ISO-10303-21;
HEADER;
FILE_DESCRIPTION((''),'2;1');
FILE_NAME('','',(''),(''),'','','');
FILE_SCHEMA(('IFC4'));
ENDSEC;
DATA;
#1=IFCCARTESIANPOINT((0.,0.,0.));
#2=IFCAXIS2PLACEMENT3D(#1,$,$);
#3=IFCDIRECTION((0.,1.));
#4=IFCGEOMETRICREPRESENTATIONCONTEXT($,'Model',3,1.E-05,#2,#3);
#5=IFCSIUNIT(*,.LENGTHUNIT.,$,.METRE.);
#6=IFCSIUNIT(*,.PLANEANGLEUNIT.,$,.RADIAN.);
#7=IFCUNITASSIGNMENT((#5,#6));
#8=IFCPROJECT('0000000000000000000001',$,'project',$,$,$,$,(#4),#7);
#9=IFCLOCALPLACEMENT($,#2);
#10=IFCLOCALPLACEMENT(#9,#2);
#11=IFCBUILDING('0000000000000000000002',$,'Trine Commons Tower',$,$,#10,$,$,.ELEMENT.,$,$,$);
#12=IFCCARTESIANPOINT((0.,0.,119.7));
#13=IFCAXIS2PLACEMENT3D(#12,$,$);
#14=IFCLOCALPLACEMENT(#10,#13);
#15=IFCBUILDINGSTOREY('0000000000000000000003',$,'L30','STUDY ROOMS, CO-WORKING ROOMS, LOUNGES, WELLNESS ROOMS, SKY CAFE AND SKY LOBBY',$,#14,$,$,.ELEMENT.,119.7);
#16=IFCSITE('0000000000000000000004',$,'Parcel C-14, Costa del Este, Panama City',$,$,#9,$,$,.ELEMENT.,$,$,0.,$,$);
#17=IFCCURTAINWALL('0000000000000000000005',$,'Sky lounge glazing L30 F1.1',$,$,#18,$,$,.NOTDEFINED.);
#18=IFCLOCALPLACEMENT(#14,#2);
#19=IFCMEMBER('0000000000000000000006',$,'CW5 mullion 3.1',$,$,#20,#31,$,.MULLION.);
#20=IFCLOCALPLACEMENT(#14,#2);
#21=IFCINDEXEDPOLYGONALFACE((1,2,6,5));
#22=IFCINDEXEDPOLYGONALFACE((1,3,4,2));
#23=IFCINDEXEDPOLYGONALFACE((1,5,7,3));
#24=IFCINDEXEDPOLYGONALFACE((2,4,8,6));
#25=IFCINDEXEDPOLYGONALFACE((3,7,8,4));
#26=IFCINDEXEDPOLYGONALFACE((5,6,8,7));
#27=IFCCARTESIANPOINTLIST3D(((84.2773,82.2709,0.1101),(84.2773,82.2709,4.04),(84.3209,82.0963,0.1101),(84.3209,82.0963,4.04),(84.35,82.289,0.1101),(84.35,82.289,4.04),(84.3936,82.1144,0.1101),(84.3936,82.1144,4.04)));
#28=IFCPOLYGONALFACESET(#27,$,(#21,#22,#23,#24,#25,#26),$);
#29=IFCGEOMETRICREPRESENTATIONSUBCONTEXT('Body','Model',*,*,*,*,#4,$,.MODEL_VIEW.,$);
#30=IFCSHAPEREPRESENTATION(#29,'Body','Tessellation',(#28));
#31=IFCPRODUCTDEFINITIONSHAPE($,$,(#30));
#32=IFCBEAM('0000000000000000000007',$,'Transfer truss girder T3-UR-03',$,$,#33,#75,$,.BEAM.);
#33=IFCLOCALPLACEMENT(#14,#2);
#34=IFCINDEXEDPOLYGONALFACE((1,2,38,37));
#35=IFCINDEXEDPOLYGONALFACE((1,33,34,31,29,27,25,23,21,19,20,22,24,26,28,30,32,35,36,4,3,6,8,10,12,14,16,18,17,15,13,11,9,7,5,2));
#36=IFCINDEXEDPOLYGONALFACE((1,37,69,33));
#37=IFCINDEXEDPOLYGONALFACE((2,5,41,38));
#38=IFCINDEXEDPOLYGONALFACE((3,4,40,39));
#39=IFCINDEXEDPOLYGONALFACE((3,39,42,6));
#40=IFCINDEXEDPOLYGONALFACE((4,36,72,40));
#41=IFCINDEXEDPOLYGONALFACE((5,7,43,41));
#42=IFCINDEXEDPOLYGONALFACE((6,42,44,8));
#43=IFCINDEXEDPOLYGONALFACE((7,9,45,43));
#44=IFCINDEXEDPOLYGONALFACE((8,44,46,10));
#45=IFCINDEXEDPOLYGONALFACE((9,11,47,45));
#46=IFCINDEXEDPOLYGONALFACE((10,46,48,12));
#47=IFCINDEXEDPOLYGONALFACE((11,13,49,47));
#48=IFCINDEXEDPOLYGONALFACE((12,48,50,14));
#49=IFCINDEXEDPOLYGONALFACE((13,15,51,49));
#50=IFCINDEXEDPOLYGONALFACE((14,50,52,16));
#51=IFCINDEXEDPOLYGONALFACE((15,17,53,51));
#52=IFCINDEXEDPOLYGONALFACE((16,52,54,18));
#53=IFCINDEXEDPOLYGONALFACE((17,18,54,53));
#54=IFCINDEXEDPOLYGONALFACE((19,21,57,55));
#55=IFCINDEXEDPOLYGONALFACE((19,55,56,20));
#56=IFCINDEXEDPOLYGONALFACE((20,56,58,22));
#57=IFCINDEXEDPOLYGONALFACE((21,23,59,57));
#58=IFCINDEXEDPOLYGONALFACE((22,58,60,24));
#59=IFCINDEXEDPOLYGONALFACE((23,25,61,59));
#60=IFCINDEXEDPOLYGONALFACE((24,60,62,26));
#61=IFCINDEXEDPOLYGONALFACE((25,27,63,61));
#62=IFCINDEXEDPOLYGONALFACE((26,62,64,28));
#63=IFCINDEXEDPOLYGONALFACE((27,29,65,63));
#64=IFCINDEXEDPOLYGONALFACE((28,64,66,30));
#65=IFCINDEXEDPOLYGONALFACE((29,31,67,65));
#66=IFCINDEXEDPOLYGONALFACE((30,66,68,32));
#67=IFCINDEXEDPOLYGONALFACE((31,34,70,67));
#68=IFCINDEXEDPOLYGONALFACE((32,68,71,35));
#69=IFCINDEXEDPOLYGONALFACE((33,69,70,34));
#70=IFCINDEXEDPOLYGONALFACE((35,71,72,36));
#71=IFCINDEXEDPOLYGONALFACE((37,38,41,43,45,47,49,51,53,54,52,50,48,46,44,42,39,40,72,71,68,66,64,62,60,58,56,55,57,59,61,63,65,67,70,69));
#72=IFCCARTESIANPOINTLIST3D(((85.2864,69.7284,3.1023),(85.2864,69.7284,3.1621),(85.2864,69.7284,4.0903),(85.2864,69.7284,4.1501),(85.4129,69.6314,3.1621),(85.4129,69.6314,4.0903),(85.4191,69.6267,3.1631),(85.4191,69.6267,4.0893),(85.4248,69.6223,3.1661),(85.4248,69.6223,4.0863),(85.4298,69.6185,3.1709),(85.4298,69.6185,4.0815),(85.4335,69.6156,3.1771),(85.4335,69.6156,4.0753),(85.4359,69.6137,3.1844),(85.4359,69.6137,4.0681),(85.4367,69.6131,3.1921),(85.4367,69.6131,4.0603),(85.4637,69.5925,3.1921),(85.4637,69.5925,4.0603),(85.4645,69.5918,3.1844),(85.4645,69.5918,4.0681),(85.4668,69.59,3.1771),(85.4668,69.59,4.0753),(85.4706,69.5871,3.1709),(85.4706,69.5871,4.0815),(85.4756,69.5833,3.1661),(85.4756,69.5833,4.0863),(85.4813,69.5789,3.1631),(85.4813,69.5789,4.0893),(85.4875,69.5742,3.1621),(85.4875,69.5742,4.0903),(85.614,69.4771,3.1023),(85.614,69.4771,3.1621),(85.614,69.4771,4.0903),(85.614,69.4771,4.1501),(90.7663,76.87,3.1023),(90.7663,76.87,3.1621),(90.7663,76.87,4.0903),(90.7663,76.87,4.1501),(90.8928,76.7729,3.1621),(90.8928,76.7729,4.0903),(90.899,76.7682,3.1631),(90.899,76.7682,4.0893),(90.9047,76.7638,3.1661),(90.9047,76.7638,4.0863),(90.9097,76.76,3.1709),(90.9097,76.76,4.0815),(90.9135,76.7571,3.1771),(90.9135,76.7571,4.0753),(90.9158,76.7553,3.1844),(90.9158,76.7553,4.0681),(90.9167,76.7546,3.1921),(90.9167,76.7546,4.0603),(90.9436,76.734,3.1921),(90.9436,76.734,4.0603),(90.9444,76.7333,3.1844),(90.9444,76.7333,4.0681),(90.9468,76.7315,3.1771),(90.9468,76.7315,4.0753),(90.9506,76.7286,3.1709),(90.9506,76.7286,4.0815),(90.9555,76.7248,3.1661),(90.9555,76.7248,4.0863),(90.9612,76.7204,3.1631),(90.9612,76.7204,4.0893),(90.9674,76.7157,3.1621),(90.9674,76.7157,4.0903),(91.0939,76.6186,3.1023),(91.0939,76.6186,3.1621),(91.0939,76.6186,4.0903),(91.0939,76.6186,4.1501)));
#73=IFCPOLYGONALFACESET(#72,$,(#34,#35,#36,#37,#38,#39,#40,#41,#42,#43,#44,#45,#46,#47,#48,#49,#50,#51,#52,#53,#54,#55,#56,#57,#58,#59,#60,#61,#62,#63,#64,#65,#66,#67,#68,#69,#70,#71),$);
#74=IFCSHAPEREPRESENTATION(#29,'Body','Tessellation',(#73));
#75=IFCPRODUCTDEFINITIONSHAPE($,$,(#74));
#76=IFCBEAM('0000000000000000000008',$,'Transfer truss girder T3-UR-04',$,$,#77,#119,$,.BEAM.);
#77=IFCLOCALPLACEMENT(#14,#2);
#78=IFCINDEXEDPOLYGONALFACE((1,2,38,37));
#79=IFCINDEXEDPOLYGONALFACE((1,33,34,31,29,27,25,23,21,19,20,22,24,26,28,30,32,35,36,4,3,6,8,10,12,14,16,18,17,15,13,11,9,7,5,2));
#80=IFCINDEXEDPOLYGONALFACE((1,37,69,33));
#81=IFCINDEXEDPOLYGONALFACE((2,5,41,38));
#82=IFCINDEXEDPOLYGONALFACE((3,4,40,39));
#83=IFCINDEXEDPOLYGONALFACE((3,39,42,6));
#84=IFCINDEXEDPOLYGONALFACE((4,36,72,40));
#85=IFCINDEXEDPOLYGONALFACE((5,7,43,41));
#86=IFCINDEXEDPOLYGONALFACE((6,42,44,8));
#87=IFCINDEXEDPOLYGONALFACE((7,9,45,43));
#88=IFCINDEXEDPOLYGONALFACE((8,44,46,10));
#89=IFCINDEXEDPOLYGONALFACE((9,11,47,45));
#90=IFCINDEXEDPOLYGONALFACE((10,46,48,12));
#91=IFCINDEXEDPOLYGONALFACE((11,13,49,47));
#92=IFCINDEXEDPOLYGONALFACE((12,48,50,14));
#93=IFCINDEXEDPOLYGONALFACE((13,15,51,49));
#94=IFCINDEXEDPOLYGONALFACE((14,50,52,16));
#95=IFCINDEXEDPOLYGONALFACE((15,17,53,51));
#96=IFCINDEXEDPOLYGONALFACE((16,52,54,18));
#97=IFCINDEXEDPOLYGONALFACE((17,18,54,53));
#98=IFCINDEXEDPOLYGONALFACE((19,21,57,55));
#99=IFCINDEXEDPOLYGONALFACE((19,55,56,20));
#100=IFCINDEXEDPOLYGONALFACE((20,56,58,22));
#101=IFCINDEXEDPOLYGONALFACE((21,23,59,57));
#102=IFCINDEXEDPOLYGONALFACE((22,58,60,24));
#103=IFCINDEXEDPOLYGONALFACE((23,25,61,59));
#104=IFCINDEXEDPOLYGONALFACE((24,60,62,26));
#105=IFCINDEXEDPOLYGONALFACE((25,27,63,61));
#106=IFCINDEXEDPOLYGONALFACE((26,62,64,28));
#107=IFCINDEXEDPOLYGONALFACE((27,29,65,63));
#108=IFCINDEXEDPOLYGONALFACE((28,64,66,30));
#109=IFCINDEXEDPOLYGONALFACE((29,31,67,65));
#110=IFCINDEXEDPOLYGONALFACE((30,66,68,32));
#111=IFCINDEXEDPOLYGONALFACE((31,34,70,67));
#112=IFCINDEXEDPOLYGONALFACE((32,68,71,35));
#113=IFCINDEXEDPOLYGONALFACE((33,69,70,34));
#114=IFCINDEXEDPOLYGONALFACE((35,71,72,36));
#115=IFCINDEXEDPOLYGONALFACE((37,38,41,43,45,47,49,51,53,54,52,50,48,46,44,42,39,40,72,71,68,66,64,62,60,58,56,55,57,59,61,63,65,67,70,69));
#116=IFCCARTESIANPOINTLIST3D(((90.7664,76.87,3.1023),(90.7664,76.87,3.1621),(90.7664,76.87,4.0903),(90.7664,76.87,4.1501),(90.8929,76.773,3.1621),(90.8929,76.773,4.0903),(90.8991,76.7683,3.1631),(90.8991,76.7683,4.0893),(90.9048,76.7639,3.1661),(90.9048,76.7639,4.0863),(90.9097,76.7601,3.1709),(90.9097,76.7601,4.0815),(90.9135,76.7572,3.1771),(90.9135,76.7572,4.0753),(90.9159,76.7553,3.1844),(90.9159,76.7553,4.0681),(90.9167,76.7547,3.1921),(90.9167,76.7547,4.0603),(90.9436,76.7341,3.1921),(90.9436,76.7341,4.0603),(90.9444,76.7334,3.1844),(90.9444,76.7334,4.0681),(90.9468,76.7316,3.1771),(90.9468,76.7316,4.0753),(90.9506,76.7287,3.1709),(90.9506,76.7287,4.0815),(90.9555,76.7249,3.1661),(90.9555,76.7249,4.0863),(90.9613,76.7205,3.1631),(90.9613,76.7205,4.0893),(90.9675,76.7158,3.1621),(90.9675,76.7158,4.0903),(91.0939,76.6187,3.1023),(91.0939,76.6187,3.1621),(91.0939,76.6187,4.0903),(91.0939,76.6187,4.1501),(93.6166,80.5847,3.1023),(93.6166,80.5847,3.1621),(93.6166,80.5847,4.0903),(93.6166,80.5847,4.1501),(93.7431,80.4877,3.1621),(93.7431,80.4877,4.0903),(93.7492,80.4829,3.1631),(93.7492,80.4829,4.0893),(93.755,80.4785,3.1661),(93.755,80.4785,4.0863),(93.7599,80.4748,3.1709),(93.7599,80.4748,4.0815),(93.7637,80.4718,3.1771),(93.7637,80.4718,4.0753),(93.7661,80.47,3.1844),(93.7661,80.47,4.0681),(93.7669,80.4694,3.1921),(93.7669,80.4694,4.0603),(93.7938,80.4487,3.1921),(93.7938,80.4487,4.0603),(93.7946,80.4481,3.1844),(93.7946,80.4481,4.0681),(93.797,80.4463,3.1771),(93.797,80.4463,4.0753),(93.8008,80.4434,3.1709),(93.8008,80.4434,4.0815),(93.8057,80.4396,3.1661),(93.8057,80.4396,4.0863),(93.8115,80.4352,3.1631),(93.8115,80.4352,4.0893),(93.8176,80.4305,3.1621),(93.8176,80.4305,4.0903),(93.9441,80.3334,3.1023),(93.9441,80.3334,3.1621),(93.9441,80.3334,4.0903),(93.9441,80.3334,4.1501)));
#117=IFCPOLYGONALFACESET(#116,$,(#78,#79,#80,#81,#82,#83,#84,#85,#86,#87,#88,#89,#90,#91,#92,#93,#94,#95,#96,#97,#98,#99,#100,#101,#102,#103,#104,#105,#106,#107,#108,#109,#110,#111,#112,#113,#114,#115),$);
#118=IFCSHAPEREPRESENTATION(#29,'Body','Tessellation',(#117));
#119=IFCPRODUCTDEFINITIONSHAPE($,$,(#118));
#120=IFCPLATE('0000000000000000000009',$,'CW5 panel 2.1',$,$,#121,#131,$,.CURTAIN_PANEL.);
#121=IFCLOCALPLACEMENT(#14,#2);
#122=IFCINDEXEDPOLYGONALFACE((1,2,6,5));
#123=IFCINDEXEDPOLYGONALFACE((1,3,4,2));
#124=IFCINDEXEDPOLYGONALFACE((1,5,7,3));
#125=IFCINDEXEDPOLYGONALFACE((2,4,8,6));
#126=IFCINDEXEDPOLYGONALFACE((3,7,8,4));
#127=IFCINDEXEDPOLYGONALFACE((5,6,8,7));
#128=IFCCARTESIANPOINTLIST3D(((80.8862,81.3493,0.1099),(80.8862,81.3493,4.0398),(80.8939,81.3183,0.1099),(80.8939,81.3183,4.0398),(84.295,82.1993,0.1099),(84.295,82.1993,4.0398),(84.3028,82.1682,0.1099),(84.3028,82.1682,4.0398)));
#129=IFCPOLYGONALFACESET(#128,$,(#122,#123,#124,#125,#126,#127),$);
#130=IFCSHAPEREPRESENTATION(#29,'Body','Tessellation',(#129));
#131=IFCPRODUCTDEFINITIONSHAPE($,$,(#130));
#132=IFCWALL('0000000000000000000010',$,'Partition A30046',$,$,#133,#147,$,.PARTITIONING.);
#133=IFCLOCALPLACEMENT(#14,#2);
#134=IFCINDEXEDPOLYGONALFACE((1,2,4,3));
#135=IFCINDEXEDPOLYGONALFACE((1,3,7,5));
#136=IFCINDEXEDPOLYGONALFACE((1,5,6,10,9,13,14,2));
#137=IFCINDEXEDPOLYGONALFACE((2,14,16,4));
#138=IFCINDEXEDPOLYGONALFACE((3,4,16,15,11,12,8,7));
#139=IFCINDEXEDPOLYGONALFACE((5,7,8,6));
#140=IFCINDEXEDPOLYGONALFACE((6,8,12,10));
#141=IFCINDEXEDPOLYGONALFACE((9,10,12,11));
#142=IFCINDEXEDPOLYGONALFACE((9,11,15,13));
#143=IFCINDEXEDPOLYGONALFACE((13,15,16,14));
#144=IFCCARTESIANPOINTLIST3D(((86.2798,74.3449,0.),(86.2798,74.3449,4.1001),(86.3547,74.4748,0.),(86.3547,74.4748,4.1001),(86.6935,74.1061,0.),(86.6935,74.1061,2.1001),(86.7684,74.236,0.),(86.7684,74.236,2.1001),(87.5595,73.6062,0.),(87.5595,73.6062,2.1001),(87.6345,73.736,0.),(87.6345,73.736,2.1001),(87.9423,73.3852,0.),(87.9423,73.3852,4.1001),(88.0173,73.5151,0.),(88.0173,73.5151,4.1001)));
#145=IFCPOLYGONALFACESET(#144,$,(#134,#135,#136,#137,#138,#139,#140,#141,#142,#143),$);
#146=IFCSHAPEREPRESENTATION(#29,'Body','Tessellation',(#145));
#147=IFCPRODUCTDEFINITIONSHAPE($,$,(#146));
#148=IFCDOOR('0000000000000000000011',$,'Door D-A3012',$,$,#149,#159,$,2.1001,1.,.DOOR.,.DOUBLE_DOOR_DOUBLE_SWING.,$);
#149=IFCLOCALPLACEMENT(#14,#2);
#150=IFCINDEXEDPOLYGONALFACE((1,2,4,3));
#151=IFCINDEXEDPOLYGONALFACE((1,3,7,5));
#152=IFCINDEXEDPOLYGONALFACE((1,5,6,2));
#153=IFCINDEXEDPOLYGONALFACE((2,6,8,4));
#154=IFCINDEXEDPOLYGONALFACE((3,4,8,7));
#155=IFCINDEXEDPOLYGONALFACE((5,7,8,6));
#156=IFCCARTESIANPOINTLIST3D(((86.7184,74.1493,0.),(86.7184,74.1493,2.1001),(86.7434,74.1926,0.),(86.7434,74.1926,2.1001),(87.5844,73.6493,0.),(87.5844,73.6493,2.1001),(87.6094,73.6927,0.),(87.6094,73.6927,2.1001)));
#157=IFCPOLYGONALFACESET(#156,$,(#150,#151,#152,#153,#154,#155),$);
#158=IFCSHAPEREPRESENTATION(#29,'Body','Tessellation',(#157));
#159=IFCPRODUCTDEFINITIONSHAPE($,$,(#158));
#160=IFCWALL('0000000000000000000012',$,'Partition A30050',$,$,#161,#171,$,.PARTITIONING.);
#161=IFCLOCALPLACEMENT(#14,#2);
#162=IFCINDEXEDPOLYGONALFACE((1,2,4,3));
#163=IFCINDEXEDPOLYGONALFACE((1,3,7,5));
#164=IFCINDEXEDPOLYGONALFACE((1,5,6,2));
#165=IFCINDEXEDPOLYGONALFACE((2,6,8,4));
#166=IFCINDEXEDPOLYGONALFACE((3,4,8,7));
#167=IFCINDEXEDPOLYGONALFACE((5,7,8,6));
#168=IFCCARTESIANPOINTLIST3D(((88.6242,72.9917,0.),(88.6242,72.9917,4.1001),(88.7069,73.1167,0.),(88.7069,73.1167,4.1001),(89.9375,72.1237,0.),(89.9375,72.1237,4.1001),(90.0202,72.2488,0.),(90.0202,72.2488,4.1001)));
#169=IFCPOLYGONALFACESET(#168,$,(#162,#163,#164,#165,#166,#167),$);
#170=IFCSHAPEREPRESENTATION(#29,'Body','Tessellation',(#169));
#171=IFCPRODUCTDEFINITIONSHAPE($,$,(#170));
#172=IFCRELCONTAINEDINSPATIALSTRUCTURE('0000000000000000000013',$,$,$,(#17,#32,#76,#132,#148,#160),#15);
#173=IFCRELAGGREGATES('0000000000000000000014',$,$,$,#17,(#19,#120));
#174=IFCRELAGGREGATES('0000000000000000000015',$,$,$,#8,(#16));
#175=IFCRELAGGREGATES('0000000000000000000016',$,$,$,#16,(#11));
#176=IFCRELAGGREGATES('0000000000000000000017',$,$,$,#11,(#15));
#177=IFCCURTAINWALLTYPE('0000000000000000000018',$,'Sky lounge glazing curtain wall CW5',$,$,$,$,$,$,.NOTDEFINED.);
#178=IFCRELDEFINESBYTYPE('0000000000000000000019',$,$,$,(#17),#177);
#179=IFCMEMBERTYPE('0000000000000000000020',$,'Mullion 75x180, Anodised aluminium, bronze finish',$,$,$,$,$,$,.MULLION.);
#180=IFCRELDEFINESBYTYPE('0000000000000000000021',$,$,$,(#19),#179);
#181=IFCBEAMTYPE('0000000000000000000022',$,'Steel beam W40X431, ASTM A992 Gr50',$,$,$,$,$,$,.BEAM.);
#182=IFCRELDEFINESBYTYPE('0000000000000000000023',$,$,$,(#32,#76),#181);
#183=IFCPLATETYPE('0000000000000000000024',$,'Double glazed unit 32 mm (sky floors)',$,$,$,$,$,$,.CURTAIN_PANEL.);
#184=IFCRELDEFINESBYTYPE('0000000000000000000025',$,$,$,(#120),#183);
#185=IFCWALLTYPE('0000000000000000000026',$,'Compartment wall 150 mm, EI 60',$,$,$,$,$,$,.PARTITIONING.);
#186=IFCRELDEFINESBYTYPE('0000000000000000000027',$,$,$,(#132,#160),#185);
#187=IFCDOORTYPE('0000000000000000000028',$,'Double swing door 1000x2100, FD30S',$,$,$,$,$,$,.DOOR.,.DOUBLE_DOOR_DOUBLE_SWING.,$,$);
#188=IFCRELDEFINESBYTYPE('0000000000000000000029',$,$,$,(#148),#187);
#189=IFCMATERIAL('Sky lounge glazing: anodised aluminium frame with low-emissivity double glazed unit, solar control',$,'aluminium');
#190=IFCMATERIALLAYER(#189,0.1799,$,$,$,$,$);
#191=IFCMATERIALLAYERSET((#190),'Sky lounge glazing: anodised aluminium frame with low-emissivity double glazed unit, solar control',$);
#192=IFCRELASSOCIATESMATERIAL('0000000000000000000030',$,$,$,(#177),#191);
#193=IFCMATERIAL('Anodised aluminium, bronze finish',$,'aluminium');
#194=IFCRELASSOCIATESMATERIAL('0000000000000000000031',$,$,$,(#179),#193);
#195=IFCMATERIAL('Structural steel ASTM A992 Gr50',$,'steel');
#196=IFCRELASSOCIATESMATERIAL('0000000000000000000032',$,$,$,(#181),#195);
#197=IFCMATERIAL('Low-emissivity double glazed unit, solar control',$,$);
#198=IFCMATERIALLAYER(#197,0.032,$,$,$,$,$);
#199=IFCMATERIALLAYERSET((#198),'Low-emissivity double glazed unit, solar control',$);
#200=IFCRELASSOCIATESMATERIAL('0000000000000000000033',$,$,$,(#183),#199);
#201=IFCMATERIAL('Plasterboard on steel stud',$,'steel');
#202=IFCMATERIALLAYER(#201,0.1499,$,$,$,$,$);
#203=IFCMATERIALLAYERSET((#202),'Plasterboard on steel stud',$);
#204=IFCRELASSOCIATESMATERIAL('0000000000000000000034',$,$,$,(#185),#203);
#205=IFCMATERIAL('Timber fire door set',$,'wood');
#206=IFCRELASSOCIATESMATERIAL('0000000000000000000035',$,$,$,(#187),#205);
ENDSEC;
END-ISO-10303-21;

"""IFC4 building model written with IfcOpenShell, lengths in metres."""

from ifc_helpers import new_model, si_unit, direction, frame, frame_2d, origin, origin_2d, place, context, subcontext, project, spatial, rectangle, i_section, extrude, material, layer, layer_set, material_profile, profile_set, type_object, element, fill, aggregate, save


model = new_model("IFC4")

# Units and contexts
model_context = context("Model", 3, precision=1e-05, world=origin(), true_north=direction((0.0, 1.0)))
body_context = subcontext(model_context, "Body", "Model", "MODEL_VIEW")
ifc_project = project(units=[si_unit("LENGTHUNIT", "METRE"), si_unit("PLANEANGLEUNIT", "RADIAN")], contexts=[model_context])

# Site, building, storey
site_placement = place(None, origin())
site = spatial("IfcSite", under=ifc_project, at=site_placement, Name="Parcel C-14, Costa del Este, Panama City", CompositionType="ELEMENT", RefElevation=0.0)
building_placement = place(site_placement, origin())
building = spatial("IfcBuilding", under=site, at=building_placement, Name="Trine Commons Tower", CompositionType="ELEMENT")
storey_placement = place(building_placement, frame((0.0, 0.0, 119.7)))
storey = spatial("IfcBuildingStorey", under=building, at=storey_placement, Name="L30", Description="STUDY ROOMS, CO-WORKING ROOMS, LOUNGES, WELLNESS ROOMS, SKY CAFE AND SKY LOBBY", CompositionType="ELEMENT", Elevation=119.7)

# Curtain wall, member
ifc_material_1 = material(Name="Sky lounge glazing: anodised aluminium frame with low-emissivity double glazed unit, solar control", Category="aluminium")
ifc_layer_1 = layer(ifc_material_1, 0.1799)
ifc_layer_set_1 = layer_set([ifc_layer_1], Name="Sky lounge glazing: anodised aluminium frame with low-emissivity double glazed unit, solar control")
curtain_wall_type = type_object("IfcCurtainWallType", Name="Sky lounge glazing curtain wall CW5", PredefinedType="NOTDEFINED", material=ifc_layer_set_1)
curtain_wall_placement = place(storey_placement, origin())
curtain_wall = element("IfcCurtainWall", 1, at=curtain_wall_placement, inside=storey, type_object=curtain_wall_type, Name="Sky lounge glazing L30 F1.1", PredefinedType="NOTDEFINED")
ifc_material_2 = material(Name="Anodised aluminium, bronze finish", Category="aluminium")
ifc_material_profile_1 = material_profile(ifc_material_2, rectangle(XDim=0.1799, YDim=0.075, at=origin_2d()), Name="Mullion 75x180")
ifc_profile_set_1 = profile_set([ifc_material_profile_1], Name="Anodised aluminium, bronze finish")
member_type = type_object("IfcMemberType", Name="Mullion 75x180, Anodised aluminium, bronze finish", PredefinedType="MULLION", material=ifc_profile_set_1)
member_placement = place(storey_placement, frame((84.3354, 82.1926, 0.1101), z_axis=(0.0, 0.0, 1.0), x_axis=(-0.241922, 0.970296, 0.0)))
member = element("IfcMember", 2, at=member_placement, type_object=member_type, Name="CW5 mullion 3.1", PredefinedType="MULLION", context=body_context, shape_type="SweptSolid", body=[
    extrude(rectangle(XDim=0.1799, YDim=0.075, at=origin_2d()), origin(), (0.0, 0.0, 1.0), 3.9299),
])

# Beams
ifc_material_3 = material(Name="Structural steel ASTM A992 Gr50", Category="steel")
ifc_material_profile_2 = material_profile(ifc_material_3, i_section(OverallWidth=0.4128, OverallDepth=1.0479, WebThickness=0.0339, FlangeThickness=0.0598, FilletRadius=0.03, at=origin_2d()), Name="W40X431")
ifc_profile_set_2 = profile_set([ifc_material_profile_2], Name="Structural steel ASTM A992 Gr50")
beam_type = type_object("IfcBeamType", Name="Steel beam W40X431, ASTM A992 Gr50", PredefinedType="BEAM", material=ifc_profile_set_2)
beam_1_placement = place(storey_placement, frame((85.4502, 69.6028, 3.6262), z_axis=(0.608764, 0.793351, 0.0), x_axis=(-0.793351, 0.608764, 0.0)))
element("IfcBeam", 3, at=beam_1_placement, inside=storey, type_object=beam_type, Name="Transfer truss girder T3-UR-03", PredefinedType="BEAM", context=body_context, shape_type="SweptSolid", body=[
    extrude(i_section(OverallWidth=0.4128, OverallDepth=1.0479, WebThickness=0.0339, FlangeThickness=0.0598, FilletRadius=0.03, at=origin_2d()), origin(), (0.0, 0.0, 1.0), 9.0017),
])
beam_2_placement = place(storey_placement, frame((90.9302, 76.7444, 3.6262), z_axis=(0.608733, 0.793376, 0.0), x_axis=(-0.793376, 0.608733, 0.0)))
element("IfcBeam", 4, at=beam_2_placement, inside=storey, type_object=beam_type, Name="Transfer truss girder T3-UR-04", PredefinedType="BEAM", context=body_context, shape_type="SweptSolid", body=[
    extrude(i_section(OverallWidth=0.4128, OverallDepth=1.0479, WebThickness=0.0339, FlangeThickness=0.0598, FilletRadius=0.03, at=origin_2d()), origin(), (0.0, 0.0, 1.0), 4.6821),
])

# Plate
ifc_material_4 = material(Name="Low-emissivity double glazed unit, solar control")
ifc_layer_2 = layer(ifc_material_4, 0.032)
ifc_layer_set_2 = layer_set([ifc_layer_2], Name="Low-emissivity double glazed unit, solar control")
plate_type = type_object("IfcPlateType", Name="Double glazed unit 32 mm (sky floors)", PredefinedType="CURTAIN_PANEL", material=ifc_layer_set_2)
plate_placement = place(storey_placement, frame((82.5945, 81.7588, 0.1099), z_axis=(0.0, 0.0, 1.0), x_axis=(0.970296, 0.241922, 0.0)))
plate = element("IfcPlate", 5, at=plate_placement, type_object=plate_type, Name="CW5 panel 2.1", PredefinedType="CURTAIN_PANEL", context=body_context, shape_type="SweptSolid", body=[
    extrude(rectangle(XDim=3.5132, YDim=0.032, at=origin_2d()), origin(), (0.0, 0.0, 1.0), 3.9299),
])
aggregate(curtain_wall, [member, plate])

# Wall, opening, door
ifc_material_5 = material(Name="Plasterboard on steel stud", Category="steel")
ifc_layer_3 = layer(ifc_material_5, 0.1499)
ifc_layer_set_3 = layer_set([ifc_layer_3], Name="Plasterboard on steel stud")
wall_type_1 = type_object("IfcWallType", Name="Compartment wall 150 mm, EI 60", PredefinedType="PARTITIONING", material=ifc_layer_set_3)
wall_1_placement = place(storey_placement, frame((86.3171, 74.4099, 0.0), z_axis=(0.0, 0.0, 1.0), x_axis=(0.866067, -0.499928, 0.0)))
wall_1 = element("IfcWall", 6, at=wall_1_placement, inside=storey, type_object=wall_type_1, Name="Partition A30046", PredefinedType="PARTITIONING", context=body_context, shape_type="SweptSolid", body=[
    extrude(rectangle(XDim=1.9197, YDim=0.1499, at=frame_2d((0.96, 0.0))), origin(), (0.0, 0.0, 1.0), 4.1001),
])
opening_1_placement = place(wall_1_placement, frame((0.4778, 0.0, 0.0)))
opening_1 = element("IfcOpeningElement", 7, at=opening_1_placement, cuts=wall_1, PredefinedType="OPENING", context=body_context, shape_type="SweptSolid", body=[
    extrude(rectangle(XDim=1.0, YDim=2.1001, at=frame_2d((0.5, 1.05))), frame((0.0, 0.085, 0.0), z_axis=(0.0, -1.0, 0.0), x_axis=(1.0, 0.0, 0.0)), (0.0, 0.0, 1.0), 0.1699),
])
ifc_material_6 = material(Name="Timber fire door set", Category="wood")
door_type_1 = type_object("IfcDoorType", Name="Double swing door 1000x2100, FD30S", OperationType="DOUBLE_DOOR_DOUBLE_SWING", PredefinedType="DOOR", material=ifc_material_6)
door_1_placement = place(opening_1_placement, origin())
door_1 = element("IfcDoor", 8, at=door_1_placement, inside=storey, type_object=door_type_1, Name="Door D-A3012", OperationType="DOUBLE_DOOR_DOUBLE_SWING", OverallHeight=2.1001, OverallWidth=1.0, PredefinedType="DOOR", context=body_context, shape_type="SweptSolid", body=[
    extrude(rectangle(XDim=1.0, YDim=2.1001, at=frame_2d((0.5, 1.05))), frame((0.0, 0.0249, 0.0), z_axis=(0.0, -1.0, 0.0), x_axis=(1.0, 0.0, 0.0)), (0.0, 0.0, 1.0), 0.05),
])
fill(opening_1, door_1)

# Wall
wall_2_placement = place(storey_placement, frame((88.6655, 73.0542, 0.0), z_axis=(0.0, 0.0, 1.0), x_axis=(0.834263, -0.551367, 0.0)))
element("IfcWall", 9, at=wall_2_placement, inside=storey, type_object=wall_type_1, Name="Partition A30050", PredefinedType="PARTITIONING", context=body_context, shape_type="SweptSolid", body=[
    extrude(rectangle(XDim=1.5742, YDim=0.1499, at=frame_2d((0.7871, 0.0))), origin(), (0.0, 0.0, 1.0), 4.1001),
])

save(model, "model.ifc")
